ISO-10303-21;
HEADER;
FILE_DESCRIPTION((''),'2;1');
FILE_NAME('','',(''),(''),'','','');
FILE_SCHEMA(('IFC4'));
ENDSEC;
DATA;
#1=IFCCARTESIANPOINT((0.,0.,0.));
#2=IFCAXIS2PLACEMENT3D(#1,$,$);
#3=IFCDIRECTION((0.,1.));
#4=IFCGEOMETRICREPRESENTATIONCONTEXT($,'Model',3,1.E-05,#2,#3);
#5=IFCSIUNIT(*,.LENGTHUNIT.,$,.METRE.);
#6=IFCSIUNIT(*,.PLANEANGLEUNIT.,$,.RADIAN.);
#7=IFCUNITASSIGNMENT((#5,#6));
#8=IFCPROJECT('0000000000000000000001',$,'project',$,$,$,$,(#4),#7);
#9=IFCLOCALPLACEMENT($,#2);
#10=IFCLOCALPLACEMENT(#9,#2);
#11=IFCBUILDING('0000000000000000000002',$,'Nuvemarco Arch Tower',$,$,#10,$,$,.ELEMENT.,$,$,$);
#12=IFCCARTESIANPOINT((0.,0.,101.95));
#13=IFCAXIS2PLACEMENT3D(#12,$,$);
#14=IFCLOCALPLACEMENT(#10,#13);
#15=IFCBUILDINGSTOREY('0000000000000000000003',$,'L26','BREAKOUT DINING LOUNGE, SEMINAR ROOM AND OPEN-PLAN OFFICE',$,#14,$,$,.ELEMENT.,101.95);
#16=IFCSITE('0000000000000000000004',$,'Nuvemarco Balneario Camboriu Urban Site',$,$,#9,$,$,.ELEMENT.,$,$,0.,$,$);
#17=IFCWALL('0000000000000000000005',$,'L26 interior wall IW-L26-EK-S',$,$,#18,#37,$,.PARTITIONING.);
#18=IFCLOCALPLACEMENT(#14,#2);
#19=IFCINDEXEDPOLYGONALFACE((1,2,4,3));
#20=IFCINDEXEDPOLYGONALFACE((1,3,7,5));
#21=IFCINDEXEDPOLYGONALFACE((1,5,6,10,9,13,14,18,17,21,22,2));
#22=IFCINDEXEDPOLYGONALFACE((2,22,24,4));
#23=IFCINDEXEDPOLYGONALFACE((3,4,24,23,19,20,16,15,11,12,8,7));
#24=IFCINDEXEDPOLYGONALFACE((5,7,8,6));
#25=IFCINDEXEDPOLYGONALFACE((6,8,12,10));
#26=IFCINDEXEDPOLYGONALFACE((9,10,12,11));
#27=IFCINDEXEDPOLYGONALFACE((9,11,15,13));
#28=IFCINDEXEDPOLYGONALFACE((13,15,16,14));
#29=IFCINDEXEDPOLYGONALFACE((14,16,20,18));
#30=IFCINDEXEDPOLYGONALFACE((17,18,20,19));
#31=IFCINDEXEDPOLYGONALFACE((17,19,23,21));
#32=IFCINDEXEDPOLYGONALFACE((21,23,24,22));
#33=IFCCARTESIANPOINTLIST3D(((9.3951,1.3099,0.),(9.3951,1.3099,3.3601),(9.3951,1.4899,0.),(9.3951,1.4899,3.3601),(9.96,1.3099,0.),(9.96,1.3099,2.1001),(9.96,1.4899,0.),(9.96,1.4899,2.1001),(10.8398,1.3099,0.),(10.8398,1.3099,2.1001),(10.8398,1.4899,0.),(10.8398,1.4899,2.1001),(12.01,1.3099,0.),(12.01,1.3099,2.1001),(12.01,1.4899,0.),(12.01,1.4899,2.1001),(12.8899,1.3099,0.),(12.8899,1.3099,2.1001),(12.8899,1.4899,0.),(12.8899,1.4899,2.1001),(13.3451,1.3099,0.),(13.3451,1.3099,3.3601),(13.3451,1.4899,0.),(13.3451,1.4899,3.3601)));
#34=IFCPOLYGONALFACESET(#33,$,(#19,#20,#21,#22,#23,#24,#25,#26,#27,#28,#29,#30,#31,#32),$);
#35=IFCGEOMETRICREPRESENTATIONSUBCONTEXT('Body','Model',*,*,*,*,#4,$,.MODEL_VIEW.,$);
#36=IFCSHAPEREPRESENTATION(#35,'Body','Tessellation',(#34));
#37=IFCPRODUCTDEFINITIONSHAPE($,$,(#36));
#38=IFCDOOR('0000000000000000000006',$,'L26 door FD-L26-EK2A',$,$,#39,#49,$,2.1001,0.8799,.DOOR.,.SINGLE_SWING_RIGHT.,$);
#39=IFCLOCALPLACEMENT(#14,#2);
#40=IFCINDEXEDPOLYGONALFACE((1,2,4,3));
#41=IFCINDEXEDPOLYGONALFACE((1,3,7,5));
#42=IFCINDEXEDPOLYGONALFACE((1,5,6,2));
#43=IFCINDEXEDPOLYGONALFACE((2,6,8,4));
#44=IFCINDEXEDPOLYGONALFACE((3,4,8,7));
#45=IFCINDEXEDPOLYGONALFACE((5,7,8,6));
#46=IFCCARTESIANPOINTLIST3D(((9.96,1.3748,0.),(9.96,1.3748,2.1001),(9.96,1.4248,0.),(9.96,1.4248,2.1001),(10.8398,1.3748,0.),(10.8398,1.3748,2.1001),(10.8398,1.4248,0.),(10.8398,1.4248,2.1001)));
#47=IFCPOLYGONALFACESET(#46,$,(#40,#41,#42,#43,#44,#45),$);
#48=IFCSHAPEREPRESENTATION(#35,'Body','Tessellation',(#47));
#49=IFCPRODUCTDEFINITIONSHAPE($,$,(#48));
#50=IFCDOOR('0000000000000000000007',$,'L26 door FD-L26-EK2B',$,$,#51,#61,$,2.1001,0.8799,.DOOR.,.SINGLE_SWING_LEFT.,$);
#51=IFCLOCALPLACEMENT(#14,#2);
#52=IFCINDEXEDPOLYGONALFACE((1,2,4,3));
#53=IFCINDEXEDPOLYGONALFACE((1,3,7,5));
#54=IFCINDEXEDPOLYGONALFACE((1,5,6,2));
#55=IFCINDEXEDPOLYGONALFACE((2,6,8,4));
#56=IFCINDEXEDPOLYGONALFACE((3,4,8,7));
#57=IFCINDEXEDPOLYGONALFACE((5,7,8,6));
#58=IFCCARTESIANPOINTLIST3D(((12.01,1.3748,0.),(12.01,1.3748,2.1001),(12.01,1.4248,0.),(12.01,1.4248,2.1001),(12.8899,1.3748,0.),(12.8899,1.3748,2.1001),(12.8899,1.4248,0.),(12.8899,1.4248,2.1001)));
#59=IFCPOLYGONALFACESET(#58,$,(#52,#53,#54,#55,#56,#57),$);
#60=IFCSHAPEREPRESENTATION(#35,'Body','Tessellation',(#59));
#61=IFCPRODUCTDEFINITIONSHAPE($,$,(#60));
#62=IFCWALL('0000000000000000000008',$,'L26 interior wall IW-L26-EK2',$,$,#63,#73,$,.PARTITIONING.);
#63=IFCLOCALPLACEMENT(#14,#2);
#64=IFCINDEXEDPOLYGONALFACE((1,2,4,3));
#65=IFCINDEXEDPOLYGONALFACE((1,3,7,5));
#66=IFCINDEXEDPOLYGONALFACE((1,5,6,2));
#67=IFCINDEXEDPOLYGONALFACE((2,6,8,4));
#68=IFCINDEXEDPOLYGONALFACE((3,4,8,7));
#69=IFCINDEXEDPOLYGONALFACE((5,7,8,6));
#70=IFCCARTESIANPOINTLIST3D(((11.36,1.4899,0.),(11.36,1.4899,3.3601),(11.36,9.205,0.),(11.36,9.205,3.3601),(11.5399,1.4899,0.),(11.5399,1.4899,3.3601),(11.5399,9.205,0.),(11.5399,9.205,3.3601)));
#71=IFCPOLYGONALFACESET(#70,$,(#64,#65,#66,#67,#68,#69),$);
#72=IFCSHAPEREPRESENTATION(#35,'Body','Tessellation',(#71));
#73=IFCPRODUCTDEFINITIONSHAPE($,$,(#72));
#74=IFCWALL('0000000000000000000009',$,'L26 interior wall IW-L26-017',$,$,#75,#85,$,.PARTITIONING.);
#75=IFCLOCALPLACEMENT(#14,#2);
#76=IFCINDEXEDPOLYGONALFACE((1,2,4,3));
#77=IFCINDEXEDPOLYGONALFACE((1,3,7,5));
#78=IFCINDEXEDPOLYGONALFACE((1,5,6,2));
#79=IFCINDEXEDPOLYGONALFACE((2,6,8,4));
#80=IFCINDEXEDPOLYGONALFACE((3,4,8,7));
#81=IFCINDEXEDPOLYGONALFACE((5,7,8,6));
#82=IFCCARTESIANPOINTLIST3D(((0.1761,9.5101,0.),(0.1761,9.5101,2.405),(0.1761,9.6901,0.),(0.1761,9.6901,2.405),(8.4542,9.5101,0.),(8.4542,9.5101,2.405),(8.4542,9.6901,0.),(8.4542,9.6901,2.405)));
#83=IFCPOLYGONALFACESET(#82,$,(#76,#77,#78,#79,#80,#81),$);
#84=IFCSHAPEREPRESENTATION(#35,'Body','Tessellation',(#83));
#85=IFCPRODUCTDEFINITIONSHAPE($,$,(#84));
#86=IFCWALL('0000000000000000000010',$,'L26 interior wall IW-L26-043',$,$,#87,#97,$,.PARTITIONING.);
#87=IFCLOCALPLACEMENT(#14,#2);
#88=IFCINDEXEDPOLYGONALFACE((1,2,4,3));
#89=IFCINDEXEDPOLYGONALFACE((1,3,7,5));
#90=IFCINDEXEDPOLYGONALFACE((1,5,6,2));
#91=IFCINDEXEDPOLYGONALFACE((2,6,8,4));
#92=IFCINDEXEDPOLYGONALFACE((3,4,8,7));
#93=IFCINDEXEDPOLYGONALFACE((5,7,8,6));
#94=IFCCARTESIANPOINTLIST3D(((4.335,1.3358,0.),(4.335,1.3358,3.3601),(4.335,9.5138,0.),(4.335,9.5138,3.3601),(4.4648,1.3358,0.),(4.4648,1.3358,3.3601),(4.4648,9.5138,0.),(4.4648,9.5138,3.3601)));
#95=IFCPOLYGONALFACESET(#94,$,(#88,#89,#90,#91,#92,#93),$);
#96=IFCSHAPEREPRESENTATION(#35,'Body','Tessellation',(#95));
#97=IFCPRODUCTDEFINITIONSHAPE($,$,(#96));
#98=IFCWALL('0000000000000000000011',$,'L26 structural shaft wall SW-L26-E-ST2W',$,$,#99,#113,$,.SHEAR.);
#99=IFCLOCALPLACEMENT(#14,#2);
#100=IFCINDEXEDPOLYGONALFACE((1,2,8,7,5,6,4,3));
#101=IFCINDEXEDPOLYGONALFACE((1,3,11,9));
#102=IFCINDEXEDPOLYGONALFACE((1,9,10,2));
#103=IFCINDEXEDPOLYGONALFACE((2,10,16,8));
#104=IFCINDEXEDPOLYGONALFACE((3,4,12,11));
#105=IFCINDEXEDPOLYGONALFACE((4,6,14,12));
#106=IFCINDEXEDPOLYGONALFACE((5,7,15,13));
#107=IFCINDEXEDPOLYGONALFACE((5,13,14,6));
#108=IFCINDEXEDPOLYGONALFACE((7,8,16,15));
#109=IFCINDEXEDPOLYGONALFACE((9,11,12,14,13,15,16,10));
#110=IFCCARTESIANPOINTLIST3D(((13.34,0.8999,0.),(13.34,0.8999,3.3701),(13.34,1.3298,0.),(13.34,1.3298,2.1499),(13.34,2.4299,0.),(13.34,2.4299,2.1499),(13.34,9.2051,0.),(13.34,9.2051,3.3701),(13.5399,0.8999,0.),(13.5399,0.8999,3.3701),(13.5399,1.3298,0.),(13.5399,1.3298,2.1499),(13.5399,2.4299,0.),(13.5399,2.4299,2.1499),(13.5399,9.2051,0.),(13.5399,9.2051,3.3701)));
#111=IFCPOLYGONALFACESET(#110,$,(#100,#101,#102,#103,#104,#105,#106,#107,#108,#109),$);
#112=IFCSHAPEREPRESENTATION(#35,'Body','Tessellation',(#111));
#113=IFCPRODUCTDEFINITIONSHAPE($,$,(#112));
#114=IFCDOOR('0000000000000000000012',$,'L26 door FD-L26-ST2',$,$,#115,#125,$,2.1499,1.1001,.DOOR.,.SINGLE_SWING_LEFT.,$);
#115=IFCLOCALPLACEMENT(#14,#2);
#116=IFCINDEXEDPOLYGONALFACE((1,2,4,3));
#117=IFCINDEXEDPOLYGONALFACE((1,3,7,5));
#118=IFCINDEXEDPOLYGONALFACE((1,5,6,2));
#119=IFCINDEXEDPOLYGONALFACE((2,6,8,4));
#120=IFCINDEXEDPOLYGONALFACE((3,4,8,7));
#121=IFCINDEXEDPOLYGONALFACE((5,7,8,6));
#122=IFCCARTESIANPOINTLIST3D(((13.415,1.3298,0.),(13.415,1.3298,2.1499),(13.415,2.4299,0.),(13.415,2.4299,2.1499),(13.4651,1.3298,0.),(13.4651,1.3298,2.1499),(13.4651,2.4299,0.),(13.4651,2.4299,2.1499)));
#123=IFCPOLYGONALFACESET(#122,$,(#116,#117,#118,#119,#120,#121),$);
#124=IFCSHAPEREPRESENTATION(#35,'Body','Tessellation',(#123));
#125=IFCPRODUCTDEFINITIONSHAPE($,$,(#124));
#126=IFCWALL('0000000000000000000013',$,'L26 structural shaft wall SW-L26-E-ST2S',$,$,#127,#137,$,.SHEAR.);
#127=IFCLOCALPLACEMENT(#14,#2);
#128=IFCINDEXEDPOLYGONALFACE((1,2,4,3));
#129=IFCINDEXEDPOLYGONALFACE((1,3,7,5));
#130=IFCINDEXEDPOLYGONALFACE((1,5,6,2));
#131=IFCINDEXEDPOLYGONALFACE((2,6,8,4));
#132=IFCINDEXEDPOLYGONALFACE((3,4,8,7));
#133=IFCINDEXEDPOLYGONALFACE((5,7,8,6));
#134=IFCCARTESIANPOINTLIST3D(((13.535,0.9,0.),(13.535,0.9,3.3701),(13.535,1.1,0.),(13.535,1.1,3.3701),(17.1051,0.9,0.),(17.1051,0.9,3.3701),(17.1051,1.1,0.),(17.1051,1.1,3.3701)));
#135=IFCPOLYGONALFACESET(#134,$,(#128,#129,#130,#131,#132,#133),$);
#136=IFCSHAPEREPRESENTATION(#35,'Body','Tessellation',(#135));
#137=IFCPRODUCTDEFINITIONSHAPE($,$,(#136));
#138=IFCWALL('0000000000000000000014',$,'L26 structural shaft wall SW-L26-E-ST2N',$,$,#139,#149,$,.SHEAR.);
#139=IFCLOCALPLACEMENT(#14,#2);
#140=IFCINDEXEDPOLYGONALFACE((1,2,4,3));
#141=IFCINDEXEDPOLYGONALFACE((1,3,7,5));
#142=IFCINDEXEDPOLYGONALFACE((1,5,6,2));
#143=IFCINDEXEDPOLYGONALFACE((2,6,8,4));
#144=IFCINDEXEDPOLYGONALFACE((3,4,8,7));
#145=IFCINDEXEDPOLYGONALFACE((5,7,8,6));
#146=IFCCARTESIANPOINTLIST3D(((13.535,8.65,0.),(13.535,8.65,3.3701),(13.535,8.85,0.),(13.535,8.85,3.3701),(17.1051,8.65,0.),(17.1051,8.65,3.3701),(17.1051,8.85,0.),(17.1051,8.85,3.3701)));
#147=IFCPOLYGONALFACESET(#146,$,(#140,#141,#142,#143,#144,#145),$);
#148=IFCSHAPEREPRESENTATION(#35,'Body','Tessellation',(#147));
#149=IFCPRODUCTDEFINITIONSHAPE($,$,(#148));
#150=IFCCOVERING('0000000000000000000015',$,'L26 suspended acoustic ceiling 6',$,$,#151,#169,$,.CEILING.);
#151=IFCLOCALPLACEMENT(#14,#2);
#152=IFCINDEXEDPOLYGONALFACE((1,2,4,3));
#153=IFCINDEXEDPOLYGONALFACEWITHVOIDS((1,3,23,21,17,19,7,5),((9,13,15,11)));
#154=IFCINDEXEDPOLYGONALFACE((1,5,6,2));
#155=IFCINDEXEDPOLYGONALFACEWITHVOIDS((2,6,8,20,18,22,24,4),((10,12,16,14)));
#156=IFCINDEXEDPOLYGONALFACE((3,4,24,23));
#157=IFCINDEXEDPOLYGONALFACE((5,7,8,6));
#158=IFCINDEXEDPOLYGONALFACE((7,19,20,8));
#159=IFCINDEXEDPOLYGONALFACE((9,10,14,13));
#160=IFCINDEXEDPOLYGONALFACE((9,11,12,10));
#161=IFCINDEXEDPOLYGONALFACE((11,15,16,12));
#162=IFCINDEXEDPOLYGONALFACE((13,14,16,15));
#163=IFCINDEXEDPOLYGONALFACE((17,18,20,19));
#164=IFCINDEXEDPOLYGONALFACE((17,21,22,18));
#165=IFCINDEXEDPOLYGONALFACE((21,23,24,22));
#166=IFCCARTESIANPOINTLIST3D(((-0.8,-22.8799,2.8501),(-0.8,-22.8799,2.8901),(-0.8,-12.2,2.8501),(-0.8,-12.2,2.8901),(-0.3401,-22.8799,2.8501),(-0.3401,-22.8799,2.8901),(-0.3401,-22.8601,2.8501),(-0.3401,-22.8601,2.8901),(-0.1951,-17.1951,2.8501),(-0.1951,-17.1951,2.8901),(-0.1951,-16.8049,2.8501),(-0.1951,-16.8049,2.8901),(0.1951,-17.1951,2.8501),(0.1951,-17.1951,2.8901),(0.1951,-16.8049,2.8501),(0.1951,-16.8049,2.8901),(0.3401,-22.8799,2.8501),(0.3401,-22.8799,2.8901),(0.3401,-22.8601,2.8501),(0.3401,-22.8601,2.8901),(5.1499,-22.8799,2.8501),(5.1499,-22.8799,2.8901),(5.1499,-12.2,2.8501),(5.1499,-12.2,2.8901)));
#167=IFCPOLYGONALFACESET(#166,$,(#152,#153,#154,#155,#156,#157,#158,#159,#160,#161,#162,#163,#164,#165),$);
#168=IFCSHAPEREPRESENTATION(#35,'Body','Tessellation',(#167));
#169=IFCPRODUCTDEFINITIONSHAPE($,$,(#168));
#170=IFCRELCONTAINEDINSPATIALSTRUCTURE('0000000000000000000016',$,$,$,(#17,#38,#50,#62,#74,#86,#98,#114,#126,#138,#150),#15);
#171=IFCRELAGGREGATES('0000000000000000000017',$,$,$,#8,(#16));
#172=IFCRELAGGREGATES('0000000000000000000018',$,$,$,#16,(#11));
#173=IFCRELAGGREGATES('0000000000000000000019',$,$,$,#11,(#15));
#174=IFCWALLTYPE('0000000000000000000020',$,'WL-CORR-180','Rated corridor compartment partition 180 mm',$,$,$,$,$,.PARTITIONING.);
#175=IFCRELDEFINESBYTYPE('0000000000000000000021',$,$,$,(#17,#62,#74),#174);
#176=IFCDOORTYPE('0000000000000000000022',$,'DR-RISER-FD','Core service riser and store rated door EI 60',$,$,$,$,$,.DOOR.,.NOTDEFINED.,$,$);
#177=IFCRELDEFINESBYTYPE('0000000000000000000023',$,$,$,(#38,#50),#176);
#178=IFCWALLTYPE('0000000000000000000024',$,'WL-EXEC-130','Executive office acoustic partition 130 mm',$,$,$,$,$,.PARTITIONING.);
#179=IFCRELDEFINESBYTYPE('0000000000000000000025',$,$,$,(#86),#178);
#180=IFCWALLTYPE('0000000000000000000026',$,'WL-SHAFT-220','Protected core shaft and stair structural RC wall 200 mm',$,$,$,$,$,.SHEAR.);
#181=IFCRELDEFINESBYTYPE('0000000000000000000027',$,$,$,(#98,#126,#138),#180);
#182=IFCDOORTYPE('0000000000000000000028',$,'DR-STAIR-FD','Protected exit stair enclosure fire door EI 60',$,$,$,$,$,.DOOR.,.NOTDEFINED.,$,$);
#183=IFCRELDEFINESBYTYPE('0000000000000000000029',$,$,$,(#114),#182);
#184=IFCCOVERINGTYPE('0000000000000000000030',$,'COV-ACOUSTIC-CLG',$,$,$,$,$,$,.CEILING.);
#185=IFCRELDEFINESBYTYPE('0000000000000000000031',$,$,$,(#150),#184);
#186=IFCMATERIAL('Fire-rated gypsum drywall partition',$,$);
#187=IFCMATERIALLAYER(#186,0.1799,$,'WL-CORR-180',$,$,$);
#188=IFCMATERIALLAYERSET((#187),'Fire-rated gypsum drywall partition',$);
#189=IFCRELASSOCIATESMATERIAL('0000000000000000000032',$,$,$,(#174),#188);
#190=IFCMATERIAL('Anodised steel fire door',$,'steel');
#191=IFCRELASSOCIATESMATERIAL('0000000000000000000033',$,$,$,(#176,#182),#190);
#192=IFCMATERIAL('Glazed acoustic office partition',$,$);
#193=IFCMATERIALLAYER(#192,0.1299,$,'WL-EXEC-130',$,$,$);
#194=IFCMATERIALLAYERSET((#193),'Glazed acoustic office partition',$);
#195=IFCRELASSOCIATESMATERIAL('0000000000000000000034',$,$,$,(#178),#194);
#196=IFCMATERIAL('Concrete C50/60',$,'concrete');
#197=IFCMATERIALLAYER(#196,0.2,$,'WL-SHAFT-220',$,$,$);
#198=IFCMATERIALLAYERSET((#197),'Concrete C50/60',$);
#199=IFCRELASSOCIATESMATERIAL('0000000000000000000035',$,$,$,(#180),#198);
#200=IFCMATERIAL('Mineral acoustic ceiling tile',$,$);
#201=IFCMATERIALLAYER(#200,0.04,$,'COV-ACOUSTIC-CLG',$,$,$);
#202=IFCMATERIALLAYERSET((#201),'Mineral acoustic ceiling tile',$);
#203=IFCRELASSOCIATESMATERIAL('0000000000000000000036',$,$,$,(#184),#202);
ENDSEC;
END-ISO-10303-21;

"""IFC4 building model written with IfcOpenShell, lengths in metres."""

from ifc_helpers import new_model, si_unit, direction, frame, frame_2d, origin, place, context, subcontext, project, spatial, polyline, rectangle, outline, extrude, source, transform, mapped, material, layer, layer_set, type_object, type_shapes, element, fill, save


model = new_model("IFC4")

# Units and contexts
model_context = context("Model", 3, precision=1e-05, world=origin(), true_north=direction((0.0, 1.0)))
body_context = subcontext(model_context, "Body", "Model", "MODEL_VIEW")
ifc_project = project(units=[si_unit("LENGTHUNIT", "METRE"), si_unit("PLANEANGLEUNIT", "RADIAN")], contexts=[model_context])

# Site, building, storey
site_placement = place(None, origin())
site = spatial("IfcSite", under=ifc_project, at=site_placement, Name="Nuvemarco Balneario Camboriu Urban Site", CompositionType="ELEMENT", RefElevation=0.0)
building_placement = place(site_placement, origin())
building = spatial("IfcBuilding", under=site, at=building_placement, Name="Nuvemarco Arch Tower", CompositionType="ELEMENT")
storey_placement = place(building_placement, frame((0.0, 0.0, 101.95)))
storey = spatial("IfcBuildingStorey", under=building, at=storey_placement, Name="L26", Description="BREAKOUT DINING LOUNGE, SEMINAR ROOM AND OPEN-PLAN OFFICE", CompositionType="ELEMENT", Elevation=101.95)

# Wall, openings, doors
ifc_material_1 = material(Name="Fire-rated gypsum drywall partition")
ifc_layer_1 = layer(ifc_material_1, 0.1799, Name="WL-CORR-180")
ifc_layer_set_1 = layer_set([ifc_layer_1], Name="Fire-rated gypsum drywall partition")
wall_type_1 = type_object("IfcWallType", Name="WL-CORR-180", Description="Rated corridor compartment partition 180 mm", PredefinedType="PARTITIONING", material=ifc_layer_set_1)
wall_1_placement = place(storey_placement, frame((9.395, 1.3999, 0.0), z_axis=(0.0, 0.0, 1.0), x_axis=(1.0, 0.0, 0.0)))
wall_1 = element("IfcWall", 1, at=wall_1_placement, inside=storey, type_object=wall_type_1, Name="L26 interior wall IW-L26-EK-S", PredefinedType="PARTITIONING", context=body_context, shape_type="SweptSolid", body=[
    extrude(rectangle(XDim=3.95, YDim=0.1799, at=frame_2d((1.9751, 0.0))), origin(), (0.0, 0.0, 1.0), 3.3601),
])
opening_1_placement = place(wall_1_placement, frame((0.5649, 0.0, 0.0)))
opening_1 = element("IfcOpeningElement", 2, at=opening_1_placement, cuts=wall_1, PredefinedType="OPENING", context=body_context, shape_type="SweptSolid", body=[
    extrude(rectangle(XDim=0.8799, YDim=2.1001, at=frame_2d((0.4399, 1.05))), frame((0.0, 0.0999, 0.0), z_axis=(0.0, -1.0, 0.0), x_axis=(1.0, 0.0, 0.0)), (0.0, 0.0, 1.0), 0.2),
])
opening_2_placement = place(wall_1_placement, frame((2.615, 0.0, 0.0)))
opening_2 = element("IfcOpeningElement", 3, at=opening_2_placement, cuts=wall_1, PredefinedType="OPENING", context=body_context, shape_type="SweptSolid", body=[
    extrude(rectangle(XDim=0.8799, YDim=2.1001, at=frame_2d((0.4399, 1.05))), frame((0.0, 0.0999, 0.0), z_axis=(0.0, -1.0, 0.0), x_axis=(1.0, 0.0, 0.0)), (0.0, 0.0, 1.0), 0.2),
])
ifc_material_2 = material(Name="Anodised steel fire door", Category="steel")
door_type_1 = type_object("IfcDoorType", Name="DR-RISER-FD", Description="Core service riser and store rated door EI 60", OperationType="NOTDEFINED", PredefinedType="DOOR", material=ifc_material_2)
shared_shape_1 = source(origin(), body_context, "Body", "SweptSolid", [
    extrude(rectangle(XDim=0.8799, YDim=2.1001, at=frame_2d((0.4399, 1.05))), frame((0.0, 0.0249, 0.0), z_axis=(0.0, -1.0, 0.0), x_axis=(1.0, 0.0, 0.0)), (0.0, 0.0, 1.0), 0.05),
])
type_shapes(door_type_1, [shared_shape_1])
door_1_placement = place(opening_1_placement, origin())
door_1 = element("IfcDoor", 4, at=door_1_placement, inside=storey, type_object=door_type_1, Name="L26 door FD-L26-EK2A", OperationType="SINGLE_SWING_RIGHT", OverallHeight=2.1001, OverallWidth=0.8799, PredefinedType="DOOR", context=body_context, shape_type="MappedRepresentation", body=[
    mapped(shared_shape_1, transform((0.0, 0.0, 0.0), scale=1.0)),
])
fill(opening_1, door_1)
door_2_placement = place(opening_2_placement, origin())
door_2 = element("IfcDoor", 5, at=door_2_placement, inside=storey, type_object=door_type_1, Name="L26 door FD-L26-EK2B", OperationType="SINGLE_SWING_LEFT", OverallHeight=2.1001, OverallWidth=0.8799, PredefinedType="DOOR", context=body_context, shape_type="MappedRepresentation", body=[
    mapped(shared_shape_1, transform((0.0, 0.0, 0.0), scale=1.0)),
])
fill(opening_2, door_2)

# Walls
wall_2_placement = place(storey_placement, frame((11.45, 1.49, 0.0), z_axis=(0.0, 0.0, 1.0), x_axis=(0.0, 1.0, 0.0)))
element("IfcWall", 6, at=wall_2_placement, inside=storey, type_object=wall_type_1, Name="L26 interior wall IW-L26-EK2", PredefinedType="PARTITIONING", context=body_context, shape_type="SweptSolid", body=[
    extrude(rectangle(XDim=7.7151, YDim=0.1799, at=frame_2d((3.8574, 0.0))), origin(), (0.0, 0.0, 1.0), 3.3601),
])
wall_3_placement = place(storey_placement, frame((0.176, 9.6001, 0.0), z_axis=(0.0, 0.0, 1.0), x_axis=(1.0, 0.0, 0.0)))
element("IfcWall", 7, at=wall_3_placement, inside=storey, type_object=wall_type_1, Name="L26 interior wall IW-L26-017", PredefinedType="PARTITIONING", context=body_context, shape_type="SweptSolid", body=[
    extrude(rectangle(XDim=8.2781, YDim=0.1799, at=frame_2d((4.1392, 0.0))), origin(), (0.0, 0.0, 1.0), 2.405),
])
ifc_material_3 = material(Name="Glazed acoustic office partition")
ifc_layer_2 = layer(ifc_material_3, 0.1299, Name="WL-EXEC-130")
ifc_layer_set_2 = layer_set([ifc_layer_2], Name="Glazed acoustic office partition")
wall_type_2 = type_object("IfcWallType", Name="WL-EXEC-130", Description="Executive office acoustic partition 130 mm", PredefinedType="PARTITIONING", material=ifc_layer_set_2)
wall_4_placement = place(storey_placement, frame((4.3999, 1.3359, 0.0), z_axis=(0.0, 0.0, 1.0), x_axis=(0.0, 1.0, 0.0)))
element("IfcWall", 8, at=wall_4_placement, inside=storey, type_object=wall_type_2, Name="L26 interior wall IW-L26-043", PredefinedType="PARTITIONING", context=body_context, shape_type="SweptSolid", body=[
    extrude(rectangle(XDim=8.178, YDim=0.1299, at=frame_2d((4.0889, 0.0))), origin(), (0.0, 0.0, 1.0), 3.3601),
])

# Wall, opening, door
ifc_material_4 = material(Name="Concrete C50/60", Category="concrete")
ifc_layer_3 = layer(ifc_material_4, 0.2, Name="WL-SHAFT-220")
ifc_layer_set_3 = layer_set([ifc_layer_3], Name="Concrete C50/60")
wall_type_3 = type_object("IfcWallType", Name="WL-SHAFT-220", Description="Protected core shaft and stair structural RC wall 200 mm", PredefinedType="SHEAR", material=ifc_layer_set_3)
wall_5_placement = place(storey_placement, frame((13.4399, 0.8999, 0.0), z_axis=(0.0, 0.0, 1.0), x_axis=(0.0, 1.0, 0.0)))
wall_5 = element("IfcWall", 9, at=wall_5_placement, inside=storey, type_object=wall_type_3, Name="L26 structural shaft wall SW-L26-E-ST2W", PredefinedType="SHEAR", context=body_context, shape_type="SweptSolid", body=[
    extrude(rectangle(XDim=8.3052, YDim=0.2, at=frame_2d((4.1526, 0.0))), origin(), (0.0, 0.0, 1.0), 3.3701),
])
opening_3_placement = place(wall_5_placement, frame((0.4299, 0.0, 0.0)))
opening_3 = element("IfcOpeningElement", 10, at=opening_3_placement, cuts=wall_5, PredefinedType="OPENING", context=body_context, shape_type="SweptSolid", body=[
    extrude(rectangle(XDim=1.1001, YDim=2.1499, at=frame_2d((0.55, 1.075))), frame((0.0, 0.1099, 0.0), z_axis=(0.0, -1.0, 0.0), x_axis=(1.0, 0.0, 0.0)), (0.0, 0.0, 1.0), 0.22),
])
door_type_2 = type_object("IfcDoorType", Name="DR-STAIR-FD", Description="Protected exit stair enclosure fire door EI 60", OperationType="NOTDEFINED", PredefinedType="DOOR", material=ifc_material_2)
shared_shape_2 = source(origin(), body_context, "Body", "SweptSolid", [
    extrude(rectangle(XDim=1.1001, YDim=2.1499, at=frame_2d((0.55, 1.075))), frame((0.0, 0.0249, 0.0), z_axis=(0.0, -1.0, 0.0), x_axis=(1.0, 0.0, 0.0)), (0.0, 0.0, 1.0), 0.05),
])
type_shapes(door_type_2, [shared_shape_2])
door_3_placement = place(opening_3_placement, origin())
door_3 = element("IfcDoor", 11, at=door_3_placement, inside=storey, type_object=door_type_2, Name="L26 door FD-L26-ST2", OperationType="SINGLE_SWING_LEFT", OverallHeight=2.1499, OverallWidth=1.1001, PredefinedType="DOOR", context=body_context, shape_type="MappedRepresentation", body=[
    mapped(shared_shape_2, transform((0.0, 0.0, 0.0), scale=1.0)),
])
fill(opening_3, door_3)

# Walls
for number, where, z_axis, x_axis, name in (
    (12, (13.5349, 1.0, 0.0), (0.0, 0.0, 1.0), (1.0, 0.0, 0.0), "L26 structural shaft wall SW-L26-E-ST2S"),
    (13, (13.5349, 8.75, 0.0), (0.0, 0.0, 1.0), (1.0, 0.0, 0.0), "L26 structural shaft wall SW-L26-E-ST2N"),
):
    element("IfcWall", number, at=place(storey_placement, frame(where, z_axis=z_axis, x_axis=x_axis)), inside=storey, type_object=wall_type_3, Name=name, PredefinedType="SHEAR", context=body_context, shape_type="SweptSolid", body=[
        extrude(rectangle(XDim=3.5701, YDim=0.2, at=frame_2d((1.7852, 0.0))), origin(), (0.0, 0.0, 1.0), 3.3701),
    ])

# Covering
ifc_material_5 = material(Name="Mineral acoustic ceiling tile")
ifc_layer_4 = layer(ifc_material_5, 0.04, Name="COV-ACOUSTIC-CLG")
ifc_layer_set_4 = layer_set([ifc_layer_4], Name="Mineral acoustic ceiling tile")
covering_type_1 = type_object("IfcCoveringType", Name="COV-ACOUSTIC-CLG", PredefinedType="CEILING", material=ifc_layer_set_4)
covering_1_placement = place(storey_placement, frame((0.0, 0.0, 2.8501)))
element("IfcCovering", 14, at=covering_1_placement, inside=storey, type_object=covering_type_1, Name="L26 suspended acoustic ceiling 6", PredefinedType="CEILING", context=body_context, shape_type="SweptSolid", body=[
    extrude(outline(polyline([(0.3401, -22.8799), (0.3401, -22.8601), (-0.3401, -22.8601), (-0.3401, -22.8799), (-0.8, -22.8799), (-0.8, -12.2), (5.1499, -12.2), (5.1499, -22.8799), (0.3401, -22.8799)]), holes=[polyline([(0.1951, -17.1951), (0.1951, -16.8049), (-0.1951, -16.8049), (-0.1951, -17.1951), (0.1951, -17.1951)])]), origin(), (0.0, 0.0, 1.0), 0.04),
])

save(model, "model.ifc")
